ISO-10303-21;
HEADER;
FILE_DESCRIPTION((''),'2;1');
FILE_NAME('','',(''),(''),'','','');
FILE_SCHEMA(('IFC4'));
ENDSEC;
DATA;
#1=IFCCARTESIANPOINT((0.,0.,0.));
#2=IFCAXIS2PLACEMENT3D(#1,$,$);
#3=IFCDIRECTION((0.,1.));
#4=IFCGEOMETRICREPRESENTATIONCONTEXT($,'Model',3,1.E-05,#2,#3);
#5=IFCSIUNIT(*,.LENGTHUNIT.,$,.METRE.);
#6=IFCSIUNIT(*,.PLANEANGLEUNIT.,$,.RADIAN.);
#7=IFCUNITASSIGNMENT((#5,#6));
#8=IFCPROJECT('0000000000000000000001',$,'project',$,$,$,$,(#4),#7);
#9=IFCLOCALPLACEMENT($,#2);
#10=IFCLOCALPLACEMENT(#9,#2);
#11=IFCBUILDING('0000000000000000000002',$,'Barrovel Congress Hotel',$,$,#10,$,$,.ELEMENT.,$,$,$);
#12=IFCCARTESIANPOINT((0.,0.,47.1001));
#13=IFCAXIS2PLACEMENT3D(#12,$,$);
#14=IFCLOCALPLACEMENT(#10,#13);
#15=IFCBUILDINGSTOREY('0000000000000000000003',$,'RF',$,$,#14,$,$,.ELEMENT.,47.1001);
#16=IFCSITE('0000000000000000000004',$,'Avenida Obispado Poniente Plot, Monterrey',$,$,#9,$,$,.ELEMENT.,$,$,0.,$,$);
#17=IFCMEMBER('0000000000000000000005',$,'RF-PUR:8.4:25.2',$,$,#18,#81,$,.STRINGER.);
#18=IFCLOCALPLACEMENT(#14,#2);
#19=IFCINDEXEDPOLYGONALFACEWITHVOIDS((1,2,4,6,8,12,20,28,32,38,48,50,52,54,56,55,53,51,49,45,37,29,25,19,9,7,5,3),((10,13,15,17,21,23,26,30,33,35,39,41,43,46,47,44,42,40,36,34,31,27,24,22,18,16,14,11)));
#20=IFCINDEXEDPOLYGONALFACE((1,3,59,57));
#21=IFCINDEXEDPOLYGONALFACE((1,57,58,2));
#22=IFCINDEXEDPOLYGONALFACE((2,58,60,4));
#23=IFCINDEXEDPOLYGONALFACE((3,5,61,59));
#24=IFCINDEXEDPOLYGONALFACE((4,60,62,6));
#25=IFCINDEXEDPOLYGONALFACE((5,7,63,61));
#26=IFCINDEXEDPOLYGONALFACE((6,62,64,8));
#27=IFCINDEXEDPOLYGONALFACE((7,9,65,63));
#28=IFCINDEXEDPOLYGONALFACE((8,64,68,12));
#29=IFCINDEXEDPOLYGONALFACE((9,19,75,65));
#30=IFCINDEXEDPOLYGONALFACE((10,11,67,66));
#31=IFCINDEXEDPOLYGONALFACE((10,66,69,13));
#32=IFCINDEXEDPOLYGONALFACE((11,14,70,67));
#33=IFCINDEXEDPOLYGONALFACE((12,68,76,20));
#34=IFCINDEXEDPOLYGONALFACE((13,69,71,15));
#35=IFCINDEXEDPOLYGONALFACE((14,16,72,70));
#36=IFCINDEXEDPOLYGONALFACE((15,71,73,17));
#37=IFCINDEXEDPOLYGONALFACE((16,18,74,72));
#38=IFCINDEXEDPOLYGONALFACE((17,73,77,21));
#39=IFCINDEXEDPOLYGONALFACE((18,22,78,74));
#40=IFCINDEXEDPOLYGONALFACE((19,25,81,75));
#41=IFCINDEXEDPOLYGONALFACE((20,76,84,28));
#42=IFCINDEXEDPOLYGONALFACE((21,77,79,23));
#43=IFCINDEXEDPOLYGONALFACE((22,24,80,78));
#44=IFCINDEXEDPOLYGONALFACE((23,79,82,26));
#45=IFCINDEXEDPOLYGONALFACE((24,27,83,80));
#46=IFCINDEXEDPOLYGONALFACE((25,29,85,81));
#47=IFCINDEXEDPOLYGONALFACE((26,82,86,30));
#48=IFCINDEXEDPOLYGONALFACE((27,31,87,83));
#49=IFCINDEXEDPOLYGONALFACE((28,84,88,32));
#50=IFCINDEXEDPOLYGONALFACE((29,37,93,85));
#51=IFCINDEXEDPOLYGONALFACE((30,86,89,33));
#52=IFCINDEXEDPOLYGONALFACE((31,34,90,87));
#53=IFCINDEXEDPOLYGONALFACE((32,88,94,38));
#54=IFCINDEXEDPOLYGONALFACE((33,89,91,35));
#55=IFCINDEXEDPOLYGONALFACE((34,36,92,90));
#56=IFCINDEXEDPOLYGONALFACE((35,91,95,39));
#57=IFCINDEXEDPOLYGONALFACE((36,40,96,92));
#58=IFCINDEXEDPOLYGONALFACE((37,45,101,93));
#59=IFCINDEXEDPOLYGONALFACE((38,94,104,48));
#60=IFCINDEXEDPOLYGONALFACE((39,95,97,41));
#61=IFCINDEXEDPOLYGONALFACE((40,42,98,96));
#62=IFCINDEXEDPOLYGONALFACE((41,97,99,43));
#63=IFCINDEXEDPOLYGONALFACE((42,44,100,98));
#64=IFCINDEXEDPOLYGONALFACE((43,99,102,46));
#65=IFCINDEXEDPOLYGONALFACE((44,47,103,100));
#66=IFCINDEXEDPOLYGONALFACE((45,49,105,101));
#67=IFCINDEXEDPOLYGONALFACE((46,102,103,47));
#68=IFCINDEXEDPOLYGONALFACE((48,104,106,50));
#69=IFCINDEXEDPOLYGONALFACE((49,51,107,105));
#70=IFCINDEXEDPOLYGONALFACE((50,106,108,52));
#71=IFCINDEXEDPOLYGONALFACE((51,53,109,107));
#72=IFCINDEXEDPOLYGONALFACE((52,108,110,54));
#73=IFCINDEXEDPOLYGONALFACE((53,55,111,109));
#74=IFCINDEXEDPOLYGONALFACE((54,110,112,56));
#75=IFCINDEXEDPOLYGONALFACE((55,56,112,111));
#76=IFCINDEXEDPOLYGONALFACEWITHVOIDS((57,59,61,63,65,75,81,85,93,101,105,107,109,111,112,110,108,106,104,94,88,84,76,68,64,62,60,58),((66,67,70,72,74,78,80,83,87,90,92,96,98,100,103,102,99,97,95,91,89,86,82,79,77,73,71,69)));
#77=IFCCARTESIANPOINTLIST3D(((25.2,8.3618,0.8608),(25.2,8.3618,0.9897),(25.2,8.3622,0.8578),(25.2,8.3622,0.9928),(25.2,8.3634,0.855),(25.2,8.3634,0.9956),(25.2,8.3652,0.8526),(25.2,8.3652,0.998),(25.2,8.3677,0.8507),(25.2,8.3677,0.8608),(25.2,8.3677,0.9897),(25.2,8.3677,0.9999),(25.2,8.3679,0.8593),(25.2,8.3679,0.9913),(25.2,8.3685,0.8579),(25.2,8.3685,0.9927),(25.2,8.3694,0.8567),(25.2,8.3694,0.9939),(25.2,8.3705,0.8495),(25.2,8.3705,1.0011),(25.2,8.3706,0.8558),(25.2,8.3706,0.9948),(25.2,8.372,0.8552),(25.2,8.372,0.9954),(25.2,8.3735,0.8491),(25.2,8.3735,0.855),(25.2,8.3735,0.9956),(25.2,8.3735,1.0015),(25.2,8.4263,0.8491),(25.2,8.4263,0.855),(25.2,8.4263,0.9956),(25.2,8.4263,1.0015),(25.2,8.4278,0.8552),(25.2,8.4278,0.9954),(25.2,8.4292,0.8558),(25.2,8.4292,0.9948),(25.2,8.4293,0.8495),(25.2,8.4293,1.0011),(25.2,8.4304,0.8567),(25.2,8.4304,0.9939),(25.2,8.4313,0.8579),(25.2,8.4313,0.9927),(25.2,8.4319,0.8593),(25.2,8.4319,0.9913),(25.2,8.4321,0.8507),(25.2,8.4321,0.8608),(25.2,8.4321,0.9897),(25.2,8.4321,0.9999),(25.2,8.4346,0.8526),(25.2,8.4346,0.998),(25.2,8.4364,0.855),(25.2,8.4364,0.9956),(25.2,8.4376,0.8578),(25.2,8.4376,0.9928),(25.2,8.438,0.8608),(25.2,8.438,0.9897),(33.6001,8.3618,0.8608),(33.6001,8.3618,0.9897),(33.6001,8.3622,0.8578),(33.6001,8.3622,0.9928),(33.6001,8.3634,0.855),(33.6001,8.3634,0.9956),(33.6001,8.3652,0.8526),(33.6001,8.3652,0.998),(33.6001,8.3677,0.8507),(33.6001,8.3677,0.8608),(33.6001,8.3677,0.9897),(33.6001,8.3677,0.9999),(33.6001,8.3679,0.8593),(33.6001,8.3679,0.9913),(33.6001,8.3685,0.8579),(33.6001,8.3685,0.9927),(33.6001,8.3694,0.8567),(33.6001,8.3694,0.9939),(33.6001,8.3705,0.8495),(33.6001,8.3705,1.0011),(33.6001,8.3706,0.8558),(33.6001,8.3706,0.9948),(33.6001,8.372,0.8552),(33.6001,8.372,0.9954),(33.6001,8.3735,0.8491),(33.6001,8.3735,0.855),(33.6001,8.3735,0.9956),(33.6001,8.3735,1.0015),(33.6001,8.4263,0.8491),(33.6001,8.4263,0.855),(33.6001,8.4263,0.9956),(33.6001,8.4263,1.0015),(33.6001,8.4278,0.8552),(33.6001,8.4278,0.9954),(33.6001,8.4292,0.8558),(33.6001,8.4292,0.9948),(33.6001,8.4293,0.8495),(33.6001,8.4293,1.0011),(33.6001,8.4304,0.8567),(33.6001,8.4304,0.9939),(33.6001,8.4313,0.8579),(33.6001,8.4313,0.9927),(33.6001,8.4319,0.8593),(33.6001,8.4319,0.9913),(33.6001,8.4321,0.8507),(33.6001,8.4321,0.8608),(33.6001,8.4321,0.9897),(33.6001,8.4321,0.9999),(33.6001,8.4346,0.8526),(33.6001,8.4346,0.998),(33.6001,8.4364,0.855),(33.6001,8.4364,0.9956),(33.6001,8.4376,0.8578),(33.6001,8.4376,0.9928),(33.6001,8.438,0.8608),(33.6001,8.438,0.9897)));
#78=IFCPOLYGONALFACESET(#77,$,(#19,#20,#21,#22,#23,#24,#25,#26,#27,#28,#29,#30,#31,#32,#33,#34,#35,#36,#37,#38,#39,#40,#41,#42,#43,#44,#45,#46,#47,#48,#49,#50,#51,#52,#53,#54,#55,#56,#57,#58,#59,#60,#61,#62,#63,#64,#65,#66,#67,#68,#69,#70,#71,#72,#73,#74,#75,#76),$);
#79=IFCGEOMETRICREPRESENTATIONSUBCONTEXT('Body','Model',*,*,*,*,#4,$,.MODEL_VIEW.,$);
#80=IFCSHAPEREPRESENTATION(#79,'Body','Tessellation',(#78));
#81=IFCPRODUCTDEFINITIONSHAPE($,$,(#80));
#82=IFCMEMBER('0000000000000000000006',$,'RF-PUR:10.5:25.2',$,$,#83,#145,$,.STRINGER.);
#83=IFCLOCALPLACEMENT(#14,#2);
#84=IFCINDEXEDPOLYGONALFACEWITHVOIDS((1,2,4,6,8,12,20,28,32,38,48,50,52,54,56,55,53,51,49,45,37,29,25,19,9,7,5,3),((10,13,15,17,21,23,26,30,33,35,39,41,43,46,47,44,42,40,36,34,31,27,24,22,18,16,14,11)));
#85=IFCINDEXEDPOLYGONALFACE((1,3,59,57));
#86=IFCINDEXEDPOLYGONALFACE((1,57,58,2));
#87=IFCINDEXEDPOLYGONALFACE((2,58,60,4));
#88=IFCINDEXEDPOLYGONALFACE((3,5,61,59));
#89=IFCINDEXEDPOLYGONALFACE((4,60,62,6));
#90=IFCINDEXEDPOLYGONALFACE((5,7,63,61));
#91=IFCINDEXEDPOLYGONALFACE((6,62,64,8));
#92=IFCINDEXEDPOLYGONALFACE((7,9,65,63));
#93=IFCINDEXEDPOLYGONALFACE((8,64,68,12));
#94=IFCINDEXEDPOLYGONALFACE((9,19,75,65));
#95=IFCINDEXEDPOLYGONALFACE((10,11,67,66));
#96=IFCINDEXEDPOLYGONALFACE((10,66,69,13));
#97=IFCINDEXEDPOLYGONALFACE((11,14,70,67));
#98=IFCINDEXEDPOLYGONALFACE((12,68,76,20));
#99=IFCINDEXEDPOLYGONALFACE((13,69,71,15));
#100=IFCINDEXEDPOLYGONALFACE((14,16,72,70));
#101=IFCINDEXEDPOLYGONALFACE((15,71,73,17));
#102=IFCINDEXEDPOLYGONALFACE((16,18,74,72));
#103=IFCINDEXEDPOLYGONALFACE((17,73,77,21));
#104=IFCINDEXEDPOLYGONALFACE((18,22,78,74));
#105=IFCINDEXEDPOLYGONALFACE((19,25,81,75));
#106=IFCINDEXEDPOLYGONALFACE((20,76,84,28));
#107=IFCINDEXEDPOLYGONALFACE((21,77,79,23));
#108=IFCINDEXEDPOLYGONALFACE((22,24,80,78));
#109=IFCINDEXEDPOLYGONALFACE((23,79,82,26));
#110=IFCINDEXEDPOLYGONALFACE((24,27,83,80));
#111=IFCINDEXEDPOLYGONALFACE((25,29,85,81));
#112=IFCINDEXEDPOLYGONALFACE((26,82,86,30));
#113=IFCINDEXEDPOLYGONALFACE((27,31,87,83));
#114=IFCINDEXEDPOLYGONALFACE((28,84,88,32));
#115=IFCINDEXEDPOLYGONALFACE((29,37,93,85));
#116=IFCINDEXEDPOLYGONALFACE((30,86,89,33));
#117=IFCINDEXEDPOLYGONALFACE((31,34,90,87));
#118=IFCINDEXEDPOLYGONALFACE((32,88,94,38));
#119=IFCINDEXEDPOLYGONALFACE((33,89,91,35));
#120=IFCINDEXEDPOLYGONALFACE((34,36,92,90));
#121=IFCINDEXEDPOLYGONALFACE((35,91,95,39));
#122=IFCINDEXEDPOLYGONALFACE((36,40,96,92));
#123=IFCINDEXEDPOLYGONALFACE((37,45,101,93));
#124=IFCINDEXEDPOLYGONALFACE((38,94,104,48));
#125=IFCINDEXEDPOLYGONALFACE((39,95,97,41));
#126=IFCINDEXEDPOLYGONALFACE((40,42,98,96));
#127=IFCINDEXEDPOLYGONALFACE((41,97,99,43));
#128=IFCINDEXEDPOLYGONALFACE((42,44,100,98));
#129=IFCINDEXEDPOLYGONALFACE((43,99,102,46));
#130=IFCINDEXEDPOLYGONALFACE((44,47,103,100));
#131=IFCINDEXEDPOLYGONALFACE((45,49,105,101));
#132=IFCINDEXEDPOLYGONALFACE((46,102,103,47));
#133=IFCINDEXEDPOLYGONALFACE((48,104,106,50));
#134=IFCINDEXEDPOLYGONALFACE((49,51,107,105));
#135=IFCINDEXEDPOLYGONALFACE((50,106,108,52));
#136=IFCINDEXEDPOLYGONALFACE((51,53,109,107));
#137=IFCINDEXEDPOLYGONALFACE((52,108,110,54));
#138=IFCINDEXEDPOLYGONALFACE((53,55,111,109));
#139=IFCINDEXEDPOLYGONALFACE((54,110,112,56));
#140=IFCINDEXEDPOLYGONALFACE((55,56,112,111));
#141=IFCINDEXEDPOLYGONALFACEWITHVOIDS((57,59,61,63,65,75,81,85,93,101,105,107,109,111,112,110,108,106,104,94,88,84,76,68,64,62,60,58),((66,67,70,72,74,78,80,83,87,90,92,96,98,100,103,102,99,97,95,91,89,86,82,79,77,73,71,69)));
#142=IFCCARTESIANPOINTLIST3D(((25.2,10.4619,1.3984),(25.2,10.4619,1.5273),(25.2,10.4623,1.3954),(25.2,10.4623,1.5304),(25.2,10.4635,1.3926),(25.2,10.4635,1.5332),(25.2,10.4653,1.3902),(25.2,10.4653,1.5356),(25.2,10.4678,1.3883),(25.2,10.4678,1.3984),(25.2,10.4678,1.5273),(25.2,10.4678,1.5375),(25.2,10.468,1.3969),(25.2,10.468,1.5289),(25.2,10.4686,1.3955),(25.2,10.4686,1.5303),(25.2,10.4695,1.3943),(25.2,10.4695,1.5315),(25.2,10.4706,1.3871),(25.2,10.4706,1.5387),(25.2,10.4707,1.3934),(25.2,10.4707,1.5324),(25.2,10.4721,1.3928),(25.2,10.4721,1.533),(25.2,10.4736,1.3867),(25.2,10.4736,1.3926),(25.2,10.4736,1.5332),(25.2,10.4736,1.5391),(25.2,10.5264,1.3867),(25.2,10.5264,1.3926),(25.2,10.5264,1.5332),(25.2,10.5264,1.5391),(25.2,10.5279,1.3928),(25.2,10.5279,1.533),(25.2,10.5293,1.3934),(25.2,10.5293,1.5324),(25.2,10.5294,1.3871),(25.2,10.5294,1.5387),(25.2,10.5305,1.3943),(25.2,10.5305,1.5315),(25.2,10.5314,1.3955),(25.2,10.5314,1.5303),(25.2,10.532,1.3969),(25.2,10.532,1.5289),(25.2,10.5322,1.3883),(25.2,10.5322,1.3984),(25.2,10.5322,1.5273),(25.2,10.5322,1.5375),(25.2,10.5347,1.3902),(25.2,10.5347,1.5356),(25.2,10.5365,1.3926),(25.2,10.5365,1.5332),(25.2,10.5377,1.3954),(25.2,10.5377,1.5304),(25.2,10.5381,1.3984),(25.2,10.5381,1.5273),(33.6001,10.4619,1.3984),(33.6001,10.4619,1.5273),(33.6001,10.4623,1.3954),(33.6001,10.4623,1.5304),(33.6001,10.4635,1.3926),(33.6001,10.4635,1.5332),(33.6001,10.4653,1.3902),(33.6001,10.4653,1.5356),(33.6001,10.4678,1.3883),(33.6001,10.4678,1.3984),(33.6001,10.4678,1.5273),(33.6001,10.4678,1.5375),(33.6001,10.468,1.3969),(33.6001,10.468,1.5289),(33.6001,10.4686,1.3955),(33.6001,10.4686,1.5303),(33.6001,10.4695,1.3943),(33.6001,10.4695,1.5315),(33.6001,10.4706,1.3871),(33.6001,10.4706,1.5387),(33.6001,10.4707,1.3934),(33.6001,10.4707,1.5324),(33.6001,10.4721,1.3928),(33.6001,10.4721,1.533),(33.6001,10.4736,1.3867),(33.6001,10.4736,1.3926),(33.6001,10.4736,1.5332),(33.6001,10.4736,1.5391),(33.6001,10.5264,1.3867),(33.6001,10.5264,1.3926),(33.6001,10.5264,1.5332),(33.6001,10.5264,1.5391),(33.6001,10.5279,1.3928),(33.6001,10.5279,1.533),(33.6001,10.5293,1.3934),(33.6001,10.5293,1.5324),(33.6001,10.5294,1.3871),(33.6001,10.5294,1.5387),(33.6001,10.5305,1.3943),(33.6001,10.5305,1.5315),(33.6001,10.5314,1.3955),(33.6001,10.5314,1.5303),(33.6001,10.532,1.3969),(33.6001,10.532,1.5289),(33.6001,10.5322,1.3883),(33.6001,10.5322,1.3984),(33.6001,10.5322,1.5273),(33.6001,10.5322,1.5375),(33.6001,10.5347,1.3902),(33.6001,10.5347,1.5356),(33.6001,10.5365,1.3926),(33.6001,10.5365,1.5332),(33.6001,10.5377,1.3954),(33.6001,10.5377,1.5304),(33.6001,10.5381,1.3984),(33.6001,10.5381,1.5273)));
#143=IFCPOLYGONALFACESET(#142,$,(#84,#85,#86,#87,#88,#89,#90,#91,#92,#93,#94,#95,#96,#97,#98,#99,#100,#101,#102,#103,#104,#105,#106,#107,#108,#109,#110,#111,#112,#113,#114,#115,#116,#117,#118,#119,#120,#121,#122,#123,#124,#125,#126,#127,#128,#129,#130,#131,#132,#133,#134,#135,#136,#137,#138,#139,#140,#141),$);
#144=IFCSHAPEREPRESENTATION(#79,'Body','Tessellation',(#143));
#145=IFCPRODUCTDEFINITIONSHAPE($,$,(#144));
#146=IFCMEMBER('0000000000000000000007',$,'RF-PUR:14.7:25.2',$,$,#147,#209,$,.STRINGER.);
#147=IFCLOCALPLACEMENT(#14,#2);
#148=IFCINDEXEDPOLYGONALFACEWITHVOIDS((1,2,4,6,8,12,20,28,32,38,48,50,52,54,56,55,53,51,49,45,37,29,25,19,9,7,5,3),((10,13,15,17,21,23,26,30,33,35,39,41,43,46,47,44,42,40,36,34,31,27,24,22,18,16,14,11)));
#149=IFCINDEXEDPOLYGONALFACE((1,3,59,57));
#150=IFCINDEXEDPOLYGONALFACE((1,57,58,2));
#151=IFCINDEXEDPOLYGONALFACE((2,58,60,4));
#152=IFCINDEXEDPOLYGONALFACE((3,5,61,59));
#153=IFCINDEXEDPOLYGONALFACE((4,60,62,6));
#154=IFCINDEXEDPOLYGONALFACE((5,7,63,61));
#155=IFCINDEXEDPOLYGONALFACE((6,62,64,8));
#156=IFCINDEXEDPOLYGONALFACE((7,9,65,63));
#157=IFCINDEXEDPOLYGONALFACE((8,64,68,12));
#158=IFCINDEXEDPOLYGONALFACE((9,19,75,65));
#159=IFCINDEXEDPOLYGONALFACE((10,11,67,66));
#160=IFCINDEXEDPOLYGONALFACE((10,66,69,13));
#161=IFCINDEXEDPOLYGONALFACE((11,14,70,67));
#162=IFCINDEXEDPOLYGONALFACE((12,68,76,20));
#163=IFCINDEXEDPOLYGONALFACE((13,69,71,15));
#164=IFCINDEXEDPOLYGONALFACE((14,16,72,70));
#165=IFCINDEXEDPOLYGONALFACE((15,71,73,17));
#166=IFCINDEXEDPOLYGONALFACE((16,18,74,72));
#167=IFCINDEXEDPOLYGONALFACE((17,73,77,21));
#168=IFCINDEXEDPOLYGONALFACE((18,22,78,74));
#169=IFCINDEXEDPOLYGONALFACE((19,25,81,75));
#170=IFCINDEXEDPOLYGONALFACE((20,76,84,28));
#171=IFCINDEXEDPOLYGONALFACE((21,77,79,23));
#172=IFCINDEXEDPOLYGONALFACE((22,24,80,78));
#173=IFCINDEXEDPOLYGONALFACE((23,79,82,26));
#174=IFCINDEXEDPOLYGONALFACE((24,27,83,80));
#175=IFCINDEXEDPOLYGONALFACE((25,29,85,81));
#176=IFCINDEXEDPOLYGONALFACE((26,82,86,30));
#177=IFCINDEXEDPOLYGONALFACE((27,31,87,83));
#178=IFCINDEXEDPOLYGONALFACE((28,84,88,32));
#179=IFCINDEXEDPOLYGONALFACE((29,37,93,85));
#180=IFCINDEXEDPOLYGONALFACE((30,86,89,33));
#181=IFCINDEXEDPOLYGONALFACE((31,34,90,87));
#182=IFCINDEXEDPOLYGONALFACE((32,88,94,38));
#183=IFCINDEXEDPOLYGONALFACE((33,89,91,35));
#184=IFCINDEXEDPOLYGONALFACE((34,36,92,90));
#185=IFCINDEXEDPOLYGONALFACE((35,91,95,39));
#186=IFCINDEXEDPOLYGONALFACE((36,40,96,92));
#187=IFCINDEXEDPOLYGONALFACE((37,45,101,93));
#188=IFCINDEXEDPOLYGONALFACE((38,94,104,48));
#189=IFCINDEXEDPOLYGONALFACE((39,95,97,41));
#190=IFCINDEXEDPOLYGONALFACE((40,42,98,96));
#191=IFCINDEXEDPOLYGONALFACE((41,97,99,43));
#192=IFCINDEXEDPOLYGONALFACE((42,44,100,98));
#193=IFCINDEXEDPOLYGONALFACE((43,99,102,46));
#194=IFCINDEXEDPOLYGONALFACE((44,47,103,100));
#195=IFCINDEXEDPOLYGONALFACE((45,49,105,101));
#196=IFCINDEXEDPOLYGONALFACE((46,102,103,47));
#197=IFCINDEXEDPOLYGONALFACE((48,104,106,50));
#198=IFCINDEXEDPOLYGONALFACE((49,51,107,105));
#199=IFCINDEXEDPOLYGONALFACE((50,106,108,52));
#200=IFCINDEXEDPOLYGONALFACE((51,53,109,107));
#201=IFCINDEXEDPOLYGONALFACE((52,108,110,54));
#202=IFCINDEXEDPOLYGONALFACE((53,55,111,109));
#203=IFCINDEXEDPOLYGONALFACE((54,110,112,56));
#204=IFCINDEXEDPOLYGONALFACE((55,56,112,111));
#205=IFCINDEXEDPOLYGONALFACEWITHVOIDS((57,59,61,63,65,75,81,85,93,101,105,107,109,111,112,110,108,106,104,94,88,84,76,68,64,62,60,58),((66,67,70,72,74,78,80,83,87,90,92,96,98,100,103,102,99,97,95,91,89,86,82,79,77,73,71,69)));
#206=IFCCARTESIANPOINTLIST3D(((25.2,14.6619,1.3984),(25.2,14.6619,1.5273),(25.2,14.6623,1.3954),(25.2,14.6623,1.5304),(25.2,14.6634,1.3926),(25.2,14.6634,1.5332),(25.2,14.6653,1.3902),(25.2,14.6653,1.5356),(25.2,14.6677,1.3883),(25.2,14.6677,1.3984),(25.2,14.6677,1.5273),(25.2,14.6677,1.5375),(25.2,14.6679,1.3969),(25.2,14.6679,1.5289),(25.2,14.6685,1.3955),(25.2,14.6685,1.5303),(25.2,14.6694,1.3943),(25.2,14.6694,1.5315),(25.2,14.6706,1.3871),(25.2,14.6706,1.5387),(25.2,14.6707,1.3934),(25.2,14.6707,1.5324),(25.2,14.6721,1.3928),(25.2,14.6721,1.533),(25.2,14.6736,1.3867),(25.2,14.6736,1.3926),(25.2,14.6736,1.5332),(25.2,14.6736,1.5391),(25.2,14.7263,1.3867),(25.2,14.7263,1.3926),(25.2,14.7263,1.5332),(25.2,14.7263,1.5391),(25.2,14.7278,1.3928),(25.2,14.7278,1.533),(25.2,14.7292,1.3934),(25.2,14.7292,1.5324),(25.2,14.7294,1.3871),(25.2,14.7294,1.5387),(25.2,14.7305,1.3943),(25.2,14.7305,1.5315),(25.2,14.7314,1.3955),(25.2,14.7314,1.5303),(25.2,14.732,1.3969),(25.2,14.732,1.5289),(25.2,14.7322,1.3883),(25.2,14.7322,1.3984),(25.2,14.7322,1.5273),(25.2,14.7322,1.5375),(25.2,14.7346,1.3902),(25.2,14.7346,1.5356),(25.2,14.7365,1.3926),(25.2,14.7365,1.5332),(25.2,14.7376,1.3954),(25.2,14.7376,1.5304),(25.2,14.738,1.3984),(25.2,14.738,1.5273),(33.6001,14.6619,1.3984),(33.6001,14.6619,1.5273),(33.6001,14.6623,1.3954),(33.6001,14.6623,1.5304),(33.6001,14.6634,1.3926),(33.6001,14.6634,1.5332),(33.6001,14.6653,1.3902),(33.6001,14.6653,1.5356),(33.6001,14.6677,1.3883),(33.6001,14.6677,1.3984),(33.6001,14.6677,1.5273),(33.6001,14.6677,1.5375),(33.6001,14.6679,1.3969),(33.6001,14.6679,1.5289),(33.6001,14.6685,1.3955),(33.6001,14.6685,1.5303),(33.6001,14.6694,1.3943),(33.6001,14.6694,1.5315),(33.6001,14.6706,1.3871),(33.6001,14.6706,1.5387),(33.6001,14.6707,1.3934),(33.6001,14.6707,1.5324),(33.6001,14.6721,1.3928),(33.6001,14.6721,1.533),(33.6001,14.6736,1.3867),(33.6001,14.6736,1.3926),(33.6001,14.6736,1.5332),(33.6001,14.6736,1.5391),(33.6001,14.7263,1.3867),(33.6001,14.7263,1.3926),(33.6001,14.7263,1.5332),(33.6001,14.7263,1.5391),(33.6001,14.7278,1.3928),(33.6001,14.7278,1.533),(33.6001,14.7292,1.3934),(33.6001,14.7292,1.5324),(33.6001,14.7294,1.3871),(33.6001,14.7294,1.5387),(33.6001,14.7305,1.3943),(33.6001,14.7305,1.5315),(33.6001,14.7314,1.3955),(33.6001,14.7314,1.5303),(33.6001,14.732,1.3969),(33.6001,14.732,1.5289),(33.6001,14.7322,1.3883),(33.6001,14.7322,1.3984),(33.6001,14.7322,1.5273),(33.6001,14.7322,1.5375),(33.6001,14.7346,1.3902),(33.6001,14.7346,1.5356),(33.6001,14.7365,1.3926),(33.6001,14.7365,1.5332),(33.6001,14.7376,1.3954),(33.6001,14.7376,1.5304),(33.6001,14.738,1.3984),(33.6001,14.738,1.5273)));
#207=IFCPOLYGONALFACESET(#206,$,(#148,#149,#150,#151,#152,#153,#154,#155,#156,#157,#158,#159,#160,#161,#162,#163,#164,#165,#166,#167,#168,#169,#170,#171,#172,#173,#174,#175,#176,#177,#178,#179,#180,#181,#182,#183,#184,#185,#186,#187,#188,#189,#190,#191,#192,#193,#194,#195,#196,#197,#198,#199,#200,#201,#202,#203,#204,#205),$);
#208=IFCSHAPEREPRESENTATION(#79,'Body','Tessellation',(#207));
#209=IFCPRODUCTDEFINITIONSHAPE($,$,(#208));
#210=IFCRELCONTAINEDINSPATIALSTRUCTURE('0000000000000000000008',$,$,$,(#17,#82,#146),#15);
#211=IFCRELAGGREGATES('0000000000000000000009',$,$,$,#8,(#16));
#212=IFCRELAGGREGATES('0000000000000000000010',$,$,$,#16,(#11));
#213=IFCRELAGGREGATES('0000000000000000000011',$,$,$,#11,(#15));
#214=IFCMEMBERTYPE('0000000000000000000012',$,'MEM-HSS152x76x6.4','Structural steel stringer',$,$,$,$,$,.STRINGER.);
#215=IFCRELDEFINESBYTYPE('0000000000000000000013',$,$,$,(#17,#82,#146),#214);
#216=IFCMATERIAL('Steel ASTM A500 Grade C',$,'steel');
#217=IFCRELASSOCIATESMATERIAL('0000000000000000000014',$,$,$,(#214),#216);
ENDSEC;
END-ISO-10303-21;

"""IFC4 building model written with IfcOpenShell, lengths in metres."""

from ifc_helpers import new_model, si_unit, direction, frame, origin, origin_2d, place, context, subcontext, project, spatial, hollow_rectangle, extrude, material, material_profile, profile_set, type_object, element, save


model = new_model("IFC4")

# Units and contexts
model_context = context("Model", 3, precision=1e-05, world=origin(), true_north=direction((0.0, 1.0)))
body_context = subcontext(model_context, "Body", "Model", "MODEL_VIEW")
ifc_project = project(units=[si_unit("LENGTHUNIT", "METRE"), si_unit("PLANEANGLEUNIT", "RADIAN")], contexts=[model_context])

# Site, building, storey
site_placement = place(None, origin())
site = spatial("IfcSite", under=ifc_project, at=site_placement, Name="Avenida Obispado Poniente Plot, Monterrey", CompositionType="ELEMENT", RefElevation=0.0)
building_placement = place(site_placement, origin())
building = spatial("IfcBuilding", under=site, at=building_placement, Name="Barrovel Congress Hotel", CompositionType="ELEMENT")
storey_placement = place(building_placement, frame((0.0, 0.0, 47.1001)))
storey = spatial("IfcBuildingStorey", under=building, at=storey_placement, Name="RF", CompositionType="ELEMENT", Elevation=47.1001)

# Members
ifc_material_1 = material(Name="Steel ASTM A500 Grade C", Category="steel")
ifc_material_profile_1 = material_profile(ifc_material_1, hollow_rectangle(XDim=0.0762, YDim=0.1523, WallThickness=0.0059, InnerFilletRadius=0.0059, OuterFilletRadius=0.0117, at=origin_2d()), Name="HSS152x76x6.4")
ifc_profile_set_1 = profile_set([ifc_material_profile_1], Name="Steel ASTM A500 Grade C")
member_type_1 = type_object("IfcMemberType", Name="MEM-HSS152x76x6.4", Description="Structural steel stringer", PredefinedType="STRINGER", material=ifc_profile_set_1)
for number, where, z_axis, x_axis, name in (
    (1, (25.2, 8.3999, 0.9253), (1.0, 0.0, 0.0), (0.0, 1.0, 0.0), "RF-PUR:8.4:25.2"),
    (2, (25.2, 10.5, 1.4629), (1.0, 0.0, 0.0), (0.0, 1.0, 0.0), "RF-PUR:10.5:25.2"),
    (3, (25.2, 14.7, 1.4629), (1.0, 0.0, 0.0), (0.0, 1.0, 0.0), "RF-PUR:14.7:25.2"),
):
    element("IfcMember", number, at=place(storey_placement, frame(where, z_axis=z_axis, x_axis=x_axis)), inside=storey, type_object=member_type_1, Name=name, PredefinedType="STRINGER", context=body_context, shape_type="SweptSolid", body=[
        extrude(hollow_rectangle(XDim=0.0762, YDim=0.1523, WallThickness=0.0059, InnerFilletRadius=0.0059, OuterFilletRadius=0.0117, at=origin_2d()), origin(), (0.0, 0.0, 1.0), 8.4001),
    ])

save(model, "model.ifc")
